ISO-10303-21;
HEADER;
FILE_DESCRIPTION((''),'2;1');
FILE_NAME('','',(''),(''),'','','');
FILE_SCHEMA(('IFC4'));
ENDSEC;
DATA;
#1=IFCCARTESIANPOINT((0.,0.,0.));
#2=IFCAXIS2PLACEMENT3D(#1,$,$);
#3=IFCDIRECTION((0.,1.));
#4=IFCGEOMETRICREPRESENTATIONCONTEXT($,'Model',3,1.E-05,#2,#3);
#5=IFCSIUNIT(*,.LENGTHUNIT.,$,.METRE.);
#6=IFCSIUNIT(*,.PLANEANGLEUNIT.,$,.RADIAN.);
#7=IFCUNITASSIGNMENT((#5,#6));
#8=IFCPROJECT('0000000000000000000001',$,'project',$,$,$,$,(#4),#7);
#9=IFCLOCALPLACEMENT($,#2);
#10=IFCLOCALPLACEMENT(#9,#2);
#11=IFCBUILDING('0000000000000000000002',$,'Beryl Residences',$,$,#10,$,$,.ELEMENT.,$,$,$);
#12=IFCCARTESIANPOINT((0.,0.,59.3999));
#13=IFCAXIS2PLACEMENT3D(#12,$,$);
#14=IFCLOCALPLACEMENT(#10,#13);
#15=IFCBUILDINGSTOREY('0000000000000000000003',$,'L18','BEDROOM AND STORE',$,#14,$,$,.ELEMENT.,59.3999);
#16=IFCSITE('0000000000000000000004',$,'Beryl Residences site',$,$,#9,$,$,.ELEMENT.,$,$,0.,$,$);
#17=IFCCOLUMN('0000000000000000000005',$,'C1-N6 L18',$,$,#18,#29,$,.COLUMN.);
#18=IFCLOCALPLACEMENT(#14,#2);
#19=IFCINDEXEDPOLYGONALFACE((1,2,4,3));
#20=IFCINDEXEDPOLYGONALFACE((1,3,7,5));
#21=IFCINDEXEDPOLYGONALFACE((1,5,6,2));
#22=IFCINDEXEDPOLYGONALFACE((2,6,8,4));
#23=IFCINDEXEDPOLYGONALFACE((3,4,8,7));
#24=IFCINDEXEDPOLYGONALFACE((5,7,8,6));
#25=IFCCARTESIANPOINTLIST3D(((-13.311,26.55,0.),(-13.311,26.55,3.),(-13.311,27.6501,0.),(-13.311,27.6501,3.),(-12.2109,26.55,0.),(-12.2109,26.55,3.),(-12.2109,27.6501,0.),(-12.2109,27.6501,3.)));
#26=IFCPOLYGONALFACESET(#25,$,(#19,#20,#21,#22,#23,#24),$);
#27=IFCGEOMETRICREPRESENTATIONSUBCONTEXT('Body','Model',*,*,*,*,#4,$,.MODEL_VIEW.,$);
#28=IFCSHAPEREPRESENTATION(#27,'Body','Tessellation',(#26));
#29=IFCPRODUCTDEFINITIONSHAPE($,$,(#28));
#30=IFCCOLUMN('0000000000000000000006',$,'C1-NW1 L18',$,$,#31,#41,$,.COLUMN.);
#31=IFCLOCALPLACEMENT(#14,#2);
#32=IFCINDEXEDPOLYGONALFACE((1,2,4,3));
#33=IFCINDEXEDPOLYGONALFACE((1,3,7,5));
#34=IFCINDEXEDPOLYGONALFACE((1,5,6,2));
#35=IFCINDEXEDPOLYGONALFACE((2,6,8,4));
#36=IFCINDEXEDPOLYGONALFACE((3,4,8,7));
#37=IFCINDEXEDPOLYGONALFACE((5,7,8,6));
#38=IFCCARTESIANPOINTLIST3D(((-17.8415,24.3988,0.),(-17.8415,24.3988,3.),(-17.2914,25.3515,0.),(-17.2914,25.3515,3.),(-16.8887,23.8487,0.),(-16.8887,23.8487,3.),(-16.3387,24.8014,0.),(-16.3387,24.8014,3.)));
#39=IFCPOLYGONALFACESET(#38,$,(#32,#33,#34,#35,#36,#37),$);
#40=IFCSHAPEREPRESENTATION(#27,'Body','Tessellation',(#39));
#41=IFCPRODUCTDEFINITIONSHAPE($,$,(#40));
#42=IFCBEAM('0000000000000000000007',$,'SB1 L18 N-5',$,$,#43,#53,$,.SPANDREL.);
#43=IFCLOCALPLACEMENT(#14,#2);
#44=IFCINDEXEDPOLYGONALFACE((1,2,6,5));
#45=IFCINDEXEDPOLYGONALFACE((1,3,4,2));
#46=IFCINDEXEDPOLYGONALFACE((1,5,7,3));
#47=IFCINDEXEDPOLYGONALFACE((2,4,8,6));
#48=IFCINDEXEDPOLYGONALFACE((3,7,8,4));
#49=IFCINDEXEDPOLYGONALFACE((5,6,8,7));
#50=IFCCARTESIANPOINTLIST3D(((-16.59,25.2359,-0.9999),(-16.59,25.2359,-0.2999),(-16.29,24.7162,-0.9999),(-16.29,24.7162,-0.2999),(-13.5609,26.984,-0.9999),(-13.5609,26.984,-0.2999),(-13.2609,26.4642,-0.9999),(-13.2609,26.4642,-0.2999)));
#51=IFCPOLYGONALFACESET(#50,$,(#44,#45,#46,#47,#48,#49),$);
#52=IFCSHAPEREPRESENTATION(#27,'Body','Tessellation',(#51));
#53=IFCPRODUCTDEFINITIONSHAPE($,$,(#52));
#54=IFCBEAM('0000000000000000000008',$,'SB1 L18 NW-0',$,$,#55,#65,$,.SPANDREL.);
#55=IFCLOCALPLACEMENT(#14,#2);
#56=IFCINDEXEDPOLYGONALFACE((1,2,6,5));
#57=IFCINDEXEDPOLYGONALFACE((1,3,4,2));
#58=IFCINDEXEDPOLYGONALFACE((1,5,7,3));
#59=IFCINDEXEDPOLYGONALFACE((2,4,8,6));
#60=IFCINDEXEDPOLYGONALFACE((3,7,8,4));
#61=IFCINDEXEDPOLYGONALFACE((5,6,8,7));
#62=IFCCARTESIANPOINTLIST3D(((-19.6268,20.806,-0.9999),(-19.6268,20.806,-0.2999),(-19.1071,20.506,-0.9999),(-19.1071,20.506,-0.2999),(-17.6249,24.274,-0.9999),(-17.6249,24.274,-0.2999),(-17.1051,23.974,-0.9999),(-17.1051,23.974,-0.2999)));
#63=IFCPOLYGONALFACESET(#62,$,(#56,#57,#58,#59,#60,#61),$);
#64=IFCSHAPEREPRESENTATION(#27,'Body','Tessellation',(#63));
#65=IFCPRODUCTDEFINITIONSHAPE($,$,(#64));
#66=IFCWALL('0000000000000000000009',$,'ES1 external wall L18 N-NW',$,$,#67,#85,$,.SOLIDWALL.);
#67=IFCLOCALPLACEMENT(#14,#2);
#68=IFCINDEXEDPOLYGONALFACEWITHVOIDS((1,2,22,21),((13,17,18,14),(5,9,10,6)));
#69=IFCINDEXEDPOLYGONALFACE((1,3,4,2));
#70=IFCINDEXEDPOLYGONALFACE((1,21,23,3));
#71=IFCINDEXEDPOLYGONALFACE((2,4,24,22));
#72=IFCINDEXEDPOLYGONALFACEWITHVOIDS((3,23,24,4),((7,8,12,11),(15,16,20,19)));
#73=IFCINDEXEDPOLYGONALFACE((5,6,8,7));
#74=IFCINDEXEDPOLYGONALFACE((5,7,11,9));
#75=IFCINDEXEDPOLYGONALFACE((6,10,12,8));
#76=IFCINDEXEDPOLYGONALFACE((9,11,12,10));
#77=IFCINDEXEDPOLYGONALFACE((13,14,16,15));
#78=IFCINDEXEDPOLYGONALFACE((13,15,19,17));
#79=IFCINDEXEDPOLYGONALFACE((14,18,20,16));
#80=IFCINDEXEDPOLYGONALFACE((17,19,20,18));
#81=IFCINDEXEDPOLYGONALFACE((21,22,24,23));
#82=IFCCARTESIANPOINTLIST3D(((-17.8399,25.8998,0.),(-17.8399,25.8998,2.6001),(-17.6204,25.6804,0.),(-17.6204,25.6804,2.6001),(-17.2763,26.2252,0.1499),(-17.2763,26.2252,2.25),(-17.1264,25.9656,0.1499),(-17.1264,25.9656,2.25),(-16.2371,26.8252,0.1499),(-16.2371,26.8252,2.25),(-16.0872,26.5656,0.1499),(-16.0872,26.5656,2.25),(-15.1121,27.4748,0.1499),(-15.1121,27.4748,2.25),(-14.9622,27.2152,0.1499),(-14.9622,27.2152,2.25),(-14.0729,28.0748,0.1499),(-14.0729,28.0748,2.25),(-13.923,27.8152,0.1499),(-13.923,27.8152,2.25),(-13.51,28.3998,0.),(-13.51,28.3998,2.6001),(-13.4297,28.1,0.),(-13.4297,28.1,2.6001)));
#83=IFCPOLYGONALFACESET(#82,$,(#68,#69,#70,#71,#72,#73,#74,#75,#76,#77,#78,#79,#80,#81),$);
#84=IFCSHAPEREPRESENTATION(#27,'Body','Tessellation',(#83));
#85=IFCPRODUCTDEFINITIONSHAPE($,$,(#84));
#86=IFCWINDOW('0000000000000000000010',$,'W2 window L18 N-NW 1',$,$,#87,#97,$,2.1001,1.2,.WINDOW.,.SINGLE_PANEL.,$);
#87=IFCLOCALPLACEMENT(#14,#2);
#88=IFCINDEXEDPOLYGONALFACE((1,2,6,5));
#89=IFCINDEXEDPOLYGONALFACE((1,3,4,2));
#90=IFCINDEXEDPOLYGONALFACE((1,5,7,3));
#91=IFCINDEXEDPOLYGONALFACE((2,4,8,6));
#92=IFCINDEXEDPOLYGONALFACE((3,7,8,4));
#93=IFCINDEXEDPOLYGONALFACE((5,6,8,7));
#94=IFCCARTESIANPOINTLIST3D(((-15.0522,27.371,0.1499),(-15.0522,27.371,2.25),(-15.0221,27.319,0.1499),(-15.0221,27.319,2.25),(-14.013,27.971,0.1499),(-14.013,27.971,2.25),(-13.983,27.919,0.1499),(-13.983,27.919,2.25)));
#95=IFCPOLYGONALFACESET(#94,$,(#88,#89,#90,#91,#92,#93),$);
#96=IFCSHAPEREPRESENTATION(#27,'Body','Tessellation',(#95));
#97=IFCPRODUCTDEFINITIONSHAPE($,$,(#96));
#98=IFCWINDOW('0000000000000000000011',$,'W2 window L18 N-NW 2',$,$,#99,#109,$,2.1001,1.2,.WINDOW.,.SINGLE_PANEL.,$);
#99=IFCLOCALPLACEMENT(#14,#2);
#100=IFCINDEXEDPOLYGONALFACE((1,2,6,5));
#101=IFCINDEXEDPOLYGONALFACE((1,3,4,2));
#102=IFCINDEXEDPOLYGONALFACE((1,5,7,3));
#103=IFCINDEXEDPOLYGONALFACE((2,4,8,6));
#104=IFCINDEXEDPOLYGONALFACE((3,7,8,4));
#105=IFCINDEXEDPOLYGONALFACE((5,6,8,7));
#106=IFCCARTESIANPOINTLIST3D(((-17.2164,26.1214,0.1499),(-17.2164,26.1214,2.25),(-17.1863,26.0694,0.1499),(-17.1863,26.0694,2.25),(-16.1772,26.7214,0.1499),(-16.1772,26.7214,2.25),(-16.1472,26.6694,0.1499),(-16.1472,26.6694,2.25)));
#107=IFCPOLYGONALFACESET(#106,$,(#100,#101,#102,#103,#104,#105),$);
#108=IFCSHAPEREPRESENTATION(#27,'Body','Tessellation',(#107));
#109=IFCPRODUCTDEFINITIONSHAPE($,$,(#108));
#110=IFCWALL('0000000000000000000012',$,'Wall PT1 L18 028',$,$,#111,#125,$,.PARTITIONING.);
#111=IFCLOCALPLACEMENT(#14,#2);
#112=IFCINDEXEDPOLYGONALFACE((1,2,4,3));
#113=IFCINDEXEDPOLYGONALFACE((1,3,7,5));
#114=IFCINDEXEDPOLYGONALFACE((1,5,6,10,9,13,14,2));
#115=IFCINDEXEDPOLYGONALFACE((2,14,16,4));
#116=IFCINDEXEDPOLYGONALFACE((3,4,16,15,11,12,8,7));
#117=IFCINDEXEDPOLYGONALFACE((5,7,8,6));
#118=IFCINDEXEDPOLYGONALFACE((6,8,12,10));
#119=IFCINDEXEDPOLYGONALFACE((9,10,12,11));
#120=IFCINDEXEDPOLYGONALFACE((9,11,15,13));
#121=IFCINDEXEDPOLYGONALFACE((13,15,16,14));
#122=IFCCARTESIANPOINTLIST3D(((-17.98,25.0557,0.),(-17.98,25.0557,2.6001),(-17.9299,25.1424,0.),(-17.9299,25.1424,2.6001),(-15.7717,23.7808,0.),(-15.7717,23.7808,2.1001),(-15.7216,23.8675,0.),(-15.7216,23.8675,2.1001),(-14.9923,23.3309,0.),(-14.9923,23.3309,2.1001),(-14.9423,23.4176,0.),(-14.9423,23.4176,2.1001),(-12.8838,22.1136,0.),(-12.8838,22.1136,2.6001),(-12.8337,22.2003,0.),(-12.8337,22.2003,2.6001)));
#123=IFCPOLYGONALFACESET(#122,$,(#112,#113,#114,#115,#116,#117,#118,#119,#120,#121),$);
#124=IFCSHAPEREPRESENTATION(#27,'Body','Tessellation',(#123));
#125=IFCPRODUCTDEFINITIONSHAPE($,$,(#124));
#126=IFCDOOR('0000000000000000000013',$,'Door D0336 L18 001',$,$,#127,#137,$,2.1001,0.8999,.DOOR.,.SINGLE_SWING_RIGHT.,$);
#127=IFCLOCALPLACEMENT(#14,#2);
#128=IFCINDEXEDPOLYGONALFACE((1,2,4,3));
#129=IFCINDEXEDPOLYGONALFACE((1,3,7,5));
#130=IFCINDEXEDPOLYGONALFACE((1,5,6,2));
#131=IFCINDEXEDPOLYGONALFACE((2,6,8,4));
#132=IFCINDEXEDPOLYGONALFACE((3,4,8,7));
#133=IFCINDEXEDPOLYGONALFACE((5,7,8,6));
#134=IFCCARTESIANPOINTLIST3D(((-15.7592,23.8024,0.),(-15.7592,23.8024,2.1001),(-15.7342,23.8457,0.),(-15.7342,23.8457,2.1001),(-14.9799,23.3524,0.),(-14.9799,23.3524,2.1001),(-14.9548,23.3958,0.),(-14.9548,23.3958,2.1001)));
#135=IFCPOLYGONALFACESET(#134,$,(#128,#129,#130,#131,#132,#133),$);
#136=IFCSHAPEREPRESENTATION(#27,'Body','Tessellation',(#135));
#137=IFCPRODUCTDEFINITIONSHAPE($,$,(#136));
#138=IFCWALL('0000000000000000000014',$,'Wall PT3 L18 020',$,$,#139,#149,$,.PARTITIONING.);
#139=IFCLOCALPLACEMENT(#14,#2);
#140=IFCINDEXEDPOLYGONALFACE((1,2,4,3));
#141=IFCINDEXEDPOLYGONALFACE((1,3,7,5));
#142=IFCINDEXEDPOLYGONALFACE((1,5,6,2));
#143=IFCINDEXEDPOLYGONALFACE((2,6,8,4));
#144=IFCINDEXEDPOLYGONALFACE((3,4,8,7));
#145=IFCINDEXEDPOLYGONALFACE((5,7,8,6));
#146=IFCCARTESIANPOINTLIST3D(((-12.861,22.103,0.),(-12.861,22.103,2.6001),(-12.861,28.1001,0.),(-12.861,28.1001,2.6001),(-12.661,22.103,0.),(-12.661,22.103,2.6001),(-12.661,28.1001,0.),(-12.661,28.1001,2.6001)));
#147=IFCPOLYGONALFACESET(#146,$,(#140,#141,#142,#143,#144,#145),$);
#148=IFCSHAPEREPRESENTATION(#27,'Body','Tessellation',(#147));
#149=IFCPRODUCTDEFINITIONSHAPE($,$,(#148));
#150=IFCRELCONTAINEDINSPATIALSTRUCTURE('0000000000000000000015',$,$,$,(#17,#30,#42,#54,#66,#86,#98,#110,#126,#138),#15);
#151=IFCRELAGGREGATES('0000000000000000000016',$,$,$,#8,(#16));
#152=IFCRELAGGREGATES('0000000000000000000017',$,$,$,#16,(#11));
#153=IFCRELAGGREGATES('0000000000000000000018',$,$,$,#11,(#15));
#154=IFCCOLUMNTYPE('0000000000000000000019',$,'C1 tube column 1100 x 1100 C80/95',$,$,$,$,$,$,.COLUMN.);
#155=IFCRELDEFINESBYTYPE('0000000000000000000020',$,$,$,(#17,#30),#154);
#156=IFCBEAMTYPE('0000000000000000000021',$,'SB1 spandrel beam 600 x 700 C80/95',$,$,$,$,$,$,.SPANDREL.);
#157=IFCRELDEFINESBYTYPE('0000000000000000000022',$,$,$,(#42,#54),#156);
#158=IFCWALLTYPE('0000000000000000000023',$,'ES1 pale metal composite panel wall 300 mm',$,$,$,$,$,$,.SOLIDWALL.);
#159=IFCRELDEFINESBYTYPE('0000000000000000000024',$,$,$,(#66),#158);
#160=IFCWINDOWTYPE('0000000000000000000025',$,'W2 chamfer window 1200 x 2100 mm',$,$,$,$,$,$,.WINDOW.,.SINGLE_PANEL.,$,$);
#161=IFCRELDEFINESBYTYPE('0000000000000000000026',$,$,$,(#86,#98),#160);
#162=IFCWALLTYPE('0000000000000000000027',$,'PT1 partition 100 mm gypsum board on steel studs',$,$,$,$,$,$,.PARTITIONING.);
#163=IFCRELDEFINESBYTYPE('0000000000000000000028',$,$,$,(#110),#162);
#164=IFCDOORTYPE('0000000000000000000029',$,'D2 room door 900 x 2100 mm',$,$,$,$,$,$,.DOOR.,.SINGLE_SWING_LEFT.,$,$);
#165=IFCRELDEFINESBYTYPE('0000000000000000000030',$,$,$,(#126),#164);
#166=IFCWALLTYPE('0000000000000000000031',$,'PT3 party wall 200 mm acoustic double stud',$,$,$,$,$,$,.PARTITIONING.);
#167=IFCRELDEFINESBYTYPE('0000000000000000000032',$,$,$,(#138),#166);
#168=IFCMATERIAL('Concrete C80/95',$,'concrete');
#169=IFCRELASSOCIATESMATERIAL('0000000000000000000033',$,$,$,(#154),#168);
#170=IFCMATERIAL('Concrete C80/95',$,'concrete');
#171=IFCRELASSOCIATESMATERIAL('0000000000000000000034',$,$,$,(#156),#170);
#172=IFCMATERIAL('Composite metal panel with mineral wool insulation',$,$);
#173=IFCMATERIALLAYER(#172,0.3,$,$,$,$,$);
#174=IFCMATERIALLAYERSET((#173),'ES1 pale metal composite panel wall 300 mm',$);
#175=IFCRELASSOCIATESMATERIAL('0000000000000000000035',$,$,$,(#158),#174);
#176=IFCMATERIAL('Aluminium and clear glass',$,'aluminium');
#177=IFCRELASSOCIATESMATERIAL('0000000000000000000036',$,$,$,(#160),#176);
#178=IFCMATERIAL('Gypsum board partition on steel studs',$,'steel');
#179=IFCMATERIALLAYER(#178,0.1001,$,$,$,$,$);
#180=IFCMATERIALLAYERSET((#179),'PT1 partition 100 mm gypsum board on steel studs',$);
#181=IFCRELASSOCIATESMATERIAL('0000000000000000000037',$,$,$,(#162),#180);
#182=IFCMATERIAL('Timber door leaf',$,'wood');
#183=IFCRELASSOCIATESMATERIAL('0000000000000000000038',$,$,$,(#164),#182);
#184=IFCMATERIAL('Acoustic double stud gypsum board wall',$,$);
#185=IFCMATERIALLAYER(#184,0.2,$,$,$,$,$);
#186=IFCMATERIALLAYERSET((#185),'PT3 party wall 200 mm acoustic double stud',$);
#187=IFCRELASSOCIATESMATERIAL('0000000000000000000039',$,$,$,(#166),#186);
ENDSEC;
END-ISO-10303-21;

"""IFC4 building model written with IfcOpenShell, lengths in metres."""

from ifc_helpers import new_model, si_unit, direction, frame, frame_2d, origin, origin_2d, place, context, subcontext, project, spatial, polyline, rectangle, outline, extrude, material, layer, layer_set, material_profile, profile_set, type_object, element, fill, save


model = new_model("IFC4")

# Units and contexts
model_context = context("Model", 3, precision=1e-05, world=origin(), true_north=direction((0.0, 1.0)))
body_context = subcontext(model_context, "Body", "Model", "MODEL_VIEW")
ifc_project = project(units=[si_unit("LENGTHUNIT", "METRE"), si_unit("PLANEANGLEUNIT", "RADIAN")], contexts=[model_context])

# Site, building, storey
site_placement = place(None, origin())
site = spatial("IfcSite", under=ifc_project, at=site_placement, Name="Beryl Residences site", CompositionType="ELEMENT", RefElevation=0.0)
building_placement = place(site_placement, origin())
building = spatial("IfcBuilding", under=site, at=building_placement, Name="Beryl Residences", CompositionType="ELEMENT")
storey_placement = place(building_placement, frame((0.0, 0.0, 59.3999)))
storey = spatial("IfcBuildingStorey", under=building, at=storey_placement, Name="L18", Description="BEDROOM AND STORE", CompositionType="ELEMENT", Elevation=59.3999)

# Columns
ifc_material_1 = material(Name="Concrete C80/95", Category="concrete")
ifc_material_profile_1 = material_profile(ifc_material_1, rectangle(XDim=1.1001, YDim=1.1001, at=origin_2d()))
ifc_profile_set_1 = profile_set([ifc_material_profile_1], Name="Concrete C80/95")
column_type = type_object("IfcColumnType", Name="C1 tube column 1100 x 1100 C80/95", PredefinedType="COLUMN", material=ifc_profile_set_1)
for number, where, z_axis, x_axis, name in (
    (1, (-12.761, 27.1001, 0.0), (0.0, 0.0, 1.0), (-1.0, 0.0, 0.0), "C1-N6 L18"),
    (2, (-17.0901, 24.6001, 0.0), (0.0, 0.0, 1.0), (-0.499985, -0.866034, 0.0), "C1-NW1 L18"),
):
    element("IfcColumn", number, at=place(storey_placement, frame(where, z_axis=z_axis, x_axis=x_axis)), inside=storey, type_object=column_type, Name=name, PredefinedType="COLUMN", context=body_context, shape_type="SweptSolid", body=[
        extrude(rectangle(XDim=1.1001, YDim=1.1001, at=origin_2d()), origin(), (0.0, 0.0, 1.0), 3.0),
    ])

# Beams
ifc_material_2 = material(Name="Concrete C80/95", Category="concrete")
ifc_material_profile_2 = material_profile(ifc_material_2, rectangle(XDim=0.6001, YDim=0.7, at=origin_2d()))
ifc_profile_set_2 = profile_set([ifc_material_profile_2], Name="Concrete C80/95")
beam_type = type_object("IfcBeamType", Name="SB1 spandrel beam 600 x 700 C80/95", PredefinedType="SPANDREL", material=ifc_profile_set_2)
beam_1_placement = place(storey_placement, frame((-13.4109, 26.7241, -0.6499), z_axis=(-0.866122, -0.499833, 0.0), x_axis=(0.499833, -0.866122, 0.0)))
element("IfcBeam", 3, at=beam_1_placement, inside=storey, type_object=beam_type, Name="SB1 L18 N-5", PredefinedType="SPANDREL", context=body_context, shape_type="SweptSolid", body=[
    extrude(rectangle(XDim=0.6001, YDim=0.7, at=origin_2d()), origin(), (0.0, 0.0, 1.0), 3.4973),
])
beam_2_placement = place(storey_placement, frame((-17.365, 24.124, -0.6499), z_axis=(-0.499942, -0.866059, 0.0), x_axis=(0.866059, -0.499942, 0.0)))
element("IfcBeam", 4, at=beam_2_placement, inside=storey, type_object=beam_type, Name="SB1 L18 NW-0", PredefinedType="SPANDREL", context=body_context, shape_type="SweptSolid", body=[
    extrude(rectangle(XDim=0.6001, YDim=0.7, at=origin_2d()), origin(), (0.0, 0.0, 1.0), 4.0044),
])

# Wall, openings, windows
ifc_material_3 = material(Name="Composite metal panel with mineral wool insulation")
ifc_layer_1 = layer(ifc_material_3, 0.3)
ifc_layer_set_1 = layer_set([ifc_layer_1], Name="ES1 pale metal composite panel wall 300 mm")
wall_type_1 = type_object("IfcWallType", Name="ES1 pale metal composite panel wall 300 mm", PredefinedType="SOLIDWALL", material=ifc_layer_set_1)
wall_1_placement = place(storey_placement, frame((-13.4351, 28.27, 0.0), z_axis=(0.0, 0.0, 1.0), x_axis=(-0.866011, -0.500025, 0.0)))
wall_1 = element("IfcWall", 5, at=wall_1_placement, inside=storey, type_object=wall_type_1, Name="ES1 external wall L18 N-NW", PredefinedType="SOLIDWALL", context=body_context, shape_type="SweptSolid", body=[
    extrude(outline(polyline([(0.0, -0.1499), (4.9998, -0.1499), (4.9194, 0.1499), (0.0803, 0.1499), (0.0, -0.1499)])), origin(), (0.0, 0.0, 1.0), 2.6001),
])
opening_1_placement = place(wall_1_placement, frame((0.6499, 0.0, 0.1499)))
opening_1 = element("IfcOpeningElement", 6, at=opening_1_placement, cuts=wall_1, PredefinedType="OPENING", context=body_context, shape_type="SweptSolid", body=[
    extrude(rectangle(XDim=1.2, YDim=2.1001, at=frame_2d((0.6001, 1.05))), frame((0.0, 0.1599, 0.0), z_axis=(0.0, -1.0, 0.0), x_axis=(1.0, 0.0, 0.0)), (0.0, 0.0, 1.0), 0.3201),
])
opening_2_placement = place(wall_1_placement, frame((3.1489, 0.0, 0.1499)))
opening_2 = element("IfcOpeningElement", 7, at=opening_2_placement, cuts=wall_1, PredefinedType="OPENING", context=body_context, shape_type="SweptSolid", body=[
    extrude(rectangle(XDim=1.2, YDim=2.1001, at=frame_2d((0.6001, 1.05))), frame((0.0, 0.1599, 0.0), z_axis=(0.0, -1.0, 0.0), x_axis=(1.0, 0.0, 0.0)), (0.0, 0.0, 1.0), 0.3201),
])
ifc_material_4 = material(Name="Aluminium and clear glass", Category="aluminium")
window_type_1 = type_object("IfcWindowType", Name="W2 chamfer window 1200 x 2100 mm", PartitioningType="SINGLE_PANEL", PredefinedType="WINDOW", material=ifc_material_4)
window_1_placement = place(opening_1_placement, origin())
window_1 = element("IfcWindow", 8, at=window_1_placement, inside=storey, type_object=window_type_1, Name="W2 window L18 N-NW 1", OverallHeight=2.1001, OverallWidth=1.2, PartitioningType="SINGLE_PANEL", PredefinedType="WINDOW", context=body_context, shape_type="SweptSolid", body=[
    extrude(rectangle(XDim=1.2, YDim=2.1001, at=frame_2d((0.6001, 1.05))), frame((0.0, 0.03, 0.0), z_axis=(0.0, -1.0, 0.0), x_axis=(1.0, 0.0, 0.0)), (0.0, 0.0, 1.0), 0.0601),
])
fill(opening_1, window_1)
window_2_placement = place(opening_2_placement, origin())
window_2 = element("IfcWindow", 9, at=window_2_placement, inside=storey, type_object=window_type_1, Name="W2 window L18 N-NW 2", OverallHeight=2.1001, OverallWidth=1.2, PartitioningType="SINGLE_PANEL", PredefinedType="WINDOW", context=body_context, shape_type="SweptSolid", body=[
    extrude(rectangle(XDim=1.2, YDim=2.1001, at=frame_2d((0.6001, 1.05))), frame((0.0, 0.03, 0.0), z_axis=(0.0, -1.0, 0.0), x_axis=(1.0, 0.0, 0.0)), (0.0, 0.0, 1.0), 0.0601),
])
fill(opening_2, window_2)

# Wall, opening, door
ifc_material_5 = material(Name="Gypsum board partition on steel studs", Category="steel")
ifc_layer_2 = layer(ifc_material_5, 0.1001)
ifc_layer_set_2 = layer_set([ifc_layer_2], Name="PT1 partition 100 mm gypsum board on steel studs")
wall_type_2 = type_object("IfcWallType", Name="PT1 partition 100 mm gypsum board on steel studs", PredefinedType="PARTITIONING", material=ifc_layer_set_2)
wall_2_placement = place(storey_placement, frame((-17.9551, 25.0991, 0.0), z_axis=(0.0, 0.0, 1.0), x_axis=(0.866036, -0.499981, 0.0)))
wall_2 = element("IfcWall", 10, at=wall_2_placement, inside=storey, type_object=wall_type_2, Name="Wall PT1 L18 028", PredefinedType="PARTITIONING", context=body_context, shape_type="SweptSolid", body=[
    extrude(rectangle(XDim=5.8845, YDim=0.1001, at=frame_2d((2.9424, 0.0))), origin(), (0.0, 0.0, 1.0), 2.6001),
])
opening_3_placement = place(wall_2_placement, frame((2.55, 0.0, 0.0)))
opening_3 = element("IfcOpeningElement", 11, at=opening_3_placement, cuts=wall_2, PredefinedType="OPENING", context=body_context, shape_type="SweptSolid", body=[
    extrude(rectangle(XDim=0.8999, YDim=2.1001, at=frame_2d((0.45, 1.05))), frame((0.0, 0.0601, 0.0), z_axis=(0.0, -1.0, 0.0), x_axis=(1.0, 0.0, 0.0)), (0.0, 0.0, 1.0), 0.1201),
])
ifc_material_6 = material(Name="Timber door leaf", Category="wood")
door_type = type_object("IfcDoorType", Name="D2 room door 900 x 2100 mm", OperationType="SINGLE_SWING_LEFT", PredefinedType="DOOR", material=ifc_material_6)
door_placement = place(opening_3_placement, origin())
door = element("IfcDoor", 12, at=door_placement, inside=storey, type_object=door_type, Name="Door D0336 L18 001", OperationType="SINGLE_SWING_RIGHT", OverallHeight=2.1001, OverallWidth=0.8999, PredefinedType="DOOR", context=body_context, shape_type="SweptSolid", body=[
    extrude(rectangle(XDim=0.8999, YDim=2.1001, at=frame_2d((0.45, 1.05))), frame((0.0, 0.0249, 0.0), z_axis=(0.0, -1.0, 0.0), x_axis=(1.0, 0.0, 0.0)), (0.0, 0.0, 1.0), 0.05),
])
fill(opening_3, door)

# Wall
ifc_material_7 = material(Name="Acoustic double stud gypsum board wall")
ifc_layer_3 = layer(ifc_material_7, 0.2)
ifc_layer_set_3 = layer_set([ifc_layer_3], Name="PT3 party wall 200 mm acoustic double stud")
wall_type_3 = type_object("IfcWallType", Name="PT3 party wall 200 mm acoustic double stud", PredefinedType="PARTITIONING", material=ifc_layer_set_3)
wall_3_placement = place(storey_placement, frame((-12.761, 22.103, 0.0), z_axis=(0.0, 0.0, 1.0), x_axis=(0.0, 1.0, 0.0)))
element("IfcWall", 13, at=wall_3_placement, inside=storey, type_object=wall_type_3, Name="Wall PT3 L18 020", PredefinedType="PARTITIONING", context=body_context, shape_type="SweptSolid", body=[
    extrude(rectangle(XDim=5.9971, YDim=0.2, at=frame_2d((2.9985, 0.0))), origin(), (0.0, 0.0, 1.0), 2.6001),
])

save(model, "model.ifc")
